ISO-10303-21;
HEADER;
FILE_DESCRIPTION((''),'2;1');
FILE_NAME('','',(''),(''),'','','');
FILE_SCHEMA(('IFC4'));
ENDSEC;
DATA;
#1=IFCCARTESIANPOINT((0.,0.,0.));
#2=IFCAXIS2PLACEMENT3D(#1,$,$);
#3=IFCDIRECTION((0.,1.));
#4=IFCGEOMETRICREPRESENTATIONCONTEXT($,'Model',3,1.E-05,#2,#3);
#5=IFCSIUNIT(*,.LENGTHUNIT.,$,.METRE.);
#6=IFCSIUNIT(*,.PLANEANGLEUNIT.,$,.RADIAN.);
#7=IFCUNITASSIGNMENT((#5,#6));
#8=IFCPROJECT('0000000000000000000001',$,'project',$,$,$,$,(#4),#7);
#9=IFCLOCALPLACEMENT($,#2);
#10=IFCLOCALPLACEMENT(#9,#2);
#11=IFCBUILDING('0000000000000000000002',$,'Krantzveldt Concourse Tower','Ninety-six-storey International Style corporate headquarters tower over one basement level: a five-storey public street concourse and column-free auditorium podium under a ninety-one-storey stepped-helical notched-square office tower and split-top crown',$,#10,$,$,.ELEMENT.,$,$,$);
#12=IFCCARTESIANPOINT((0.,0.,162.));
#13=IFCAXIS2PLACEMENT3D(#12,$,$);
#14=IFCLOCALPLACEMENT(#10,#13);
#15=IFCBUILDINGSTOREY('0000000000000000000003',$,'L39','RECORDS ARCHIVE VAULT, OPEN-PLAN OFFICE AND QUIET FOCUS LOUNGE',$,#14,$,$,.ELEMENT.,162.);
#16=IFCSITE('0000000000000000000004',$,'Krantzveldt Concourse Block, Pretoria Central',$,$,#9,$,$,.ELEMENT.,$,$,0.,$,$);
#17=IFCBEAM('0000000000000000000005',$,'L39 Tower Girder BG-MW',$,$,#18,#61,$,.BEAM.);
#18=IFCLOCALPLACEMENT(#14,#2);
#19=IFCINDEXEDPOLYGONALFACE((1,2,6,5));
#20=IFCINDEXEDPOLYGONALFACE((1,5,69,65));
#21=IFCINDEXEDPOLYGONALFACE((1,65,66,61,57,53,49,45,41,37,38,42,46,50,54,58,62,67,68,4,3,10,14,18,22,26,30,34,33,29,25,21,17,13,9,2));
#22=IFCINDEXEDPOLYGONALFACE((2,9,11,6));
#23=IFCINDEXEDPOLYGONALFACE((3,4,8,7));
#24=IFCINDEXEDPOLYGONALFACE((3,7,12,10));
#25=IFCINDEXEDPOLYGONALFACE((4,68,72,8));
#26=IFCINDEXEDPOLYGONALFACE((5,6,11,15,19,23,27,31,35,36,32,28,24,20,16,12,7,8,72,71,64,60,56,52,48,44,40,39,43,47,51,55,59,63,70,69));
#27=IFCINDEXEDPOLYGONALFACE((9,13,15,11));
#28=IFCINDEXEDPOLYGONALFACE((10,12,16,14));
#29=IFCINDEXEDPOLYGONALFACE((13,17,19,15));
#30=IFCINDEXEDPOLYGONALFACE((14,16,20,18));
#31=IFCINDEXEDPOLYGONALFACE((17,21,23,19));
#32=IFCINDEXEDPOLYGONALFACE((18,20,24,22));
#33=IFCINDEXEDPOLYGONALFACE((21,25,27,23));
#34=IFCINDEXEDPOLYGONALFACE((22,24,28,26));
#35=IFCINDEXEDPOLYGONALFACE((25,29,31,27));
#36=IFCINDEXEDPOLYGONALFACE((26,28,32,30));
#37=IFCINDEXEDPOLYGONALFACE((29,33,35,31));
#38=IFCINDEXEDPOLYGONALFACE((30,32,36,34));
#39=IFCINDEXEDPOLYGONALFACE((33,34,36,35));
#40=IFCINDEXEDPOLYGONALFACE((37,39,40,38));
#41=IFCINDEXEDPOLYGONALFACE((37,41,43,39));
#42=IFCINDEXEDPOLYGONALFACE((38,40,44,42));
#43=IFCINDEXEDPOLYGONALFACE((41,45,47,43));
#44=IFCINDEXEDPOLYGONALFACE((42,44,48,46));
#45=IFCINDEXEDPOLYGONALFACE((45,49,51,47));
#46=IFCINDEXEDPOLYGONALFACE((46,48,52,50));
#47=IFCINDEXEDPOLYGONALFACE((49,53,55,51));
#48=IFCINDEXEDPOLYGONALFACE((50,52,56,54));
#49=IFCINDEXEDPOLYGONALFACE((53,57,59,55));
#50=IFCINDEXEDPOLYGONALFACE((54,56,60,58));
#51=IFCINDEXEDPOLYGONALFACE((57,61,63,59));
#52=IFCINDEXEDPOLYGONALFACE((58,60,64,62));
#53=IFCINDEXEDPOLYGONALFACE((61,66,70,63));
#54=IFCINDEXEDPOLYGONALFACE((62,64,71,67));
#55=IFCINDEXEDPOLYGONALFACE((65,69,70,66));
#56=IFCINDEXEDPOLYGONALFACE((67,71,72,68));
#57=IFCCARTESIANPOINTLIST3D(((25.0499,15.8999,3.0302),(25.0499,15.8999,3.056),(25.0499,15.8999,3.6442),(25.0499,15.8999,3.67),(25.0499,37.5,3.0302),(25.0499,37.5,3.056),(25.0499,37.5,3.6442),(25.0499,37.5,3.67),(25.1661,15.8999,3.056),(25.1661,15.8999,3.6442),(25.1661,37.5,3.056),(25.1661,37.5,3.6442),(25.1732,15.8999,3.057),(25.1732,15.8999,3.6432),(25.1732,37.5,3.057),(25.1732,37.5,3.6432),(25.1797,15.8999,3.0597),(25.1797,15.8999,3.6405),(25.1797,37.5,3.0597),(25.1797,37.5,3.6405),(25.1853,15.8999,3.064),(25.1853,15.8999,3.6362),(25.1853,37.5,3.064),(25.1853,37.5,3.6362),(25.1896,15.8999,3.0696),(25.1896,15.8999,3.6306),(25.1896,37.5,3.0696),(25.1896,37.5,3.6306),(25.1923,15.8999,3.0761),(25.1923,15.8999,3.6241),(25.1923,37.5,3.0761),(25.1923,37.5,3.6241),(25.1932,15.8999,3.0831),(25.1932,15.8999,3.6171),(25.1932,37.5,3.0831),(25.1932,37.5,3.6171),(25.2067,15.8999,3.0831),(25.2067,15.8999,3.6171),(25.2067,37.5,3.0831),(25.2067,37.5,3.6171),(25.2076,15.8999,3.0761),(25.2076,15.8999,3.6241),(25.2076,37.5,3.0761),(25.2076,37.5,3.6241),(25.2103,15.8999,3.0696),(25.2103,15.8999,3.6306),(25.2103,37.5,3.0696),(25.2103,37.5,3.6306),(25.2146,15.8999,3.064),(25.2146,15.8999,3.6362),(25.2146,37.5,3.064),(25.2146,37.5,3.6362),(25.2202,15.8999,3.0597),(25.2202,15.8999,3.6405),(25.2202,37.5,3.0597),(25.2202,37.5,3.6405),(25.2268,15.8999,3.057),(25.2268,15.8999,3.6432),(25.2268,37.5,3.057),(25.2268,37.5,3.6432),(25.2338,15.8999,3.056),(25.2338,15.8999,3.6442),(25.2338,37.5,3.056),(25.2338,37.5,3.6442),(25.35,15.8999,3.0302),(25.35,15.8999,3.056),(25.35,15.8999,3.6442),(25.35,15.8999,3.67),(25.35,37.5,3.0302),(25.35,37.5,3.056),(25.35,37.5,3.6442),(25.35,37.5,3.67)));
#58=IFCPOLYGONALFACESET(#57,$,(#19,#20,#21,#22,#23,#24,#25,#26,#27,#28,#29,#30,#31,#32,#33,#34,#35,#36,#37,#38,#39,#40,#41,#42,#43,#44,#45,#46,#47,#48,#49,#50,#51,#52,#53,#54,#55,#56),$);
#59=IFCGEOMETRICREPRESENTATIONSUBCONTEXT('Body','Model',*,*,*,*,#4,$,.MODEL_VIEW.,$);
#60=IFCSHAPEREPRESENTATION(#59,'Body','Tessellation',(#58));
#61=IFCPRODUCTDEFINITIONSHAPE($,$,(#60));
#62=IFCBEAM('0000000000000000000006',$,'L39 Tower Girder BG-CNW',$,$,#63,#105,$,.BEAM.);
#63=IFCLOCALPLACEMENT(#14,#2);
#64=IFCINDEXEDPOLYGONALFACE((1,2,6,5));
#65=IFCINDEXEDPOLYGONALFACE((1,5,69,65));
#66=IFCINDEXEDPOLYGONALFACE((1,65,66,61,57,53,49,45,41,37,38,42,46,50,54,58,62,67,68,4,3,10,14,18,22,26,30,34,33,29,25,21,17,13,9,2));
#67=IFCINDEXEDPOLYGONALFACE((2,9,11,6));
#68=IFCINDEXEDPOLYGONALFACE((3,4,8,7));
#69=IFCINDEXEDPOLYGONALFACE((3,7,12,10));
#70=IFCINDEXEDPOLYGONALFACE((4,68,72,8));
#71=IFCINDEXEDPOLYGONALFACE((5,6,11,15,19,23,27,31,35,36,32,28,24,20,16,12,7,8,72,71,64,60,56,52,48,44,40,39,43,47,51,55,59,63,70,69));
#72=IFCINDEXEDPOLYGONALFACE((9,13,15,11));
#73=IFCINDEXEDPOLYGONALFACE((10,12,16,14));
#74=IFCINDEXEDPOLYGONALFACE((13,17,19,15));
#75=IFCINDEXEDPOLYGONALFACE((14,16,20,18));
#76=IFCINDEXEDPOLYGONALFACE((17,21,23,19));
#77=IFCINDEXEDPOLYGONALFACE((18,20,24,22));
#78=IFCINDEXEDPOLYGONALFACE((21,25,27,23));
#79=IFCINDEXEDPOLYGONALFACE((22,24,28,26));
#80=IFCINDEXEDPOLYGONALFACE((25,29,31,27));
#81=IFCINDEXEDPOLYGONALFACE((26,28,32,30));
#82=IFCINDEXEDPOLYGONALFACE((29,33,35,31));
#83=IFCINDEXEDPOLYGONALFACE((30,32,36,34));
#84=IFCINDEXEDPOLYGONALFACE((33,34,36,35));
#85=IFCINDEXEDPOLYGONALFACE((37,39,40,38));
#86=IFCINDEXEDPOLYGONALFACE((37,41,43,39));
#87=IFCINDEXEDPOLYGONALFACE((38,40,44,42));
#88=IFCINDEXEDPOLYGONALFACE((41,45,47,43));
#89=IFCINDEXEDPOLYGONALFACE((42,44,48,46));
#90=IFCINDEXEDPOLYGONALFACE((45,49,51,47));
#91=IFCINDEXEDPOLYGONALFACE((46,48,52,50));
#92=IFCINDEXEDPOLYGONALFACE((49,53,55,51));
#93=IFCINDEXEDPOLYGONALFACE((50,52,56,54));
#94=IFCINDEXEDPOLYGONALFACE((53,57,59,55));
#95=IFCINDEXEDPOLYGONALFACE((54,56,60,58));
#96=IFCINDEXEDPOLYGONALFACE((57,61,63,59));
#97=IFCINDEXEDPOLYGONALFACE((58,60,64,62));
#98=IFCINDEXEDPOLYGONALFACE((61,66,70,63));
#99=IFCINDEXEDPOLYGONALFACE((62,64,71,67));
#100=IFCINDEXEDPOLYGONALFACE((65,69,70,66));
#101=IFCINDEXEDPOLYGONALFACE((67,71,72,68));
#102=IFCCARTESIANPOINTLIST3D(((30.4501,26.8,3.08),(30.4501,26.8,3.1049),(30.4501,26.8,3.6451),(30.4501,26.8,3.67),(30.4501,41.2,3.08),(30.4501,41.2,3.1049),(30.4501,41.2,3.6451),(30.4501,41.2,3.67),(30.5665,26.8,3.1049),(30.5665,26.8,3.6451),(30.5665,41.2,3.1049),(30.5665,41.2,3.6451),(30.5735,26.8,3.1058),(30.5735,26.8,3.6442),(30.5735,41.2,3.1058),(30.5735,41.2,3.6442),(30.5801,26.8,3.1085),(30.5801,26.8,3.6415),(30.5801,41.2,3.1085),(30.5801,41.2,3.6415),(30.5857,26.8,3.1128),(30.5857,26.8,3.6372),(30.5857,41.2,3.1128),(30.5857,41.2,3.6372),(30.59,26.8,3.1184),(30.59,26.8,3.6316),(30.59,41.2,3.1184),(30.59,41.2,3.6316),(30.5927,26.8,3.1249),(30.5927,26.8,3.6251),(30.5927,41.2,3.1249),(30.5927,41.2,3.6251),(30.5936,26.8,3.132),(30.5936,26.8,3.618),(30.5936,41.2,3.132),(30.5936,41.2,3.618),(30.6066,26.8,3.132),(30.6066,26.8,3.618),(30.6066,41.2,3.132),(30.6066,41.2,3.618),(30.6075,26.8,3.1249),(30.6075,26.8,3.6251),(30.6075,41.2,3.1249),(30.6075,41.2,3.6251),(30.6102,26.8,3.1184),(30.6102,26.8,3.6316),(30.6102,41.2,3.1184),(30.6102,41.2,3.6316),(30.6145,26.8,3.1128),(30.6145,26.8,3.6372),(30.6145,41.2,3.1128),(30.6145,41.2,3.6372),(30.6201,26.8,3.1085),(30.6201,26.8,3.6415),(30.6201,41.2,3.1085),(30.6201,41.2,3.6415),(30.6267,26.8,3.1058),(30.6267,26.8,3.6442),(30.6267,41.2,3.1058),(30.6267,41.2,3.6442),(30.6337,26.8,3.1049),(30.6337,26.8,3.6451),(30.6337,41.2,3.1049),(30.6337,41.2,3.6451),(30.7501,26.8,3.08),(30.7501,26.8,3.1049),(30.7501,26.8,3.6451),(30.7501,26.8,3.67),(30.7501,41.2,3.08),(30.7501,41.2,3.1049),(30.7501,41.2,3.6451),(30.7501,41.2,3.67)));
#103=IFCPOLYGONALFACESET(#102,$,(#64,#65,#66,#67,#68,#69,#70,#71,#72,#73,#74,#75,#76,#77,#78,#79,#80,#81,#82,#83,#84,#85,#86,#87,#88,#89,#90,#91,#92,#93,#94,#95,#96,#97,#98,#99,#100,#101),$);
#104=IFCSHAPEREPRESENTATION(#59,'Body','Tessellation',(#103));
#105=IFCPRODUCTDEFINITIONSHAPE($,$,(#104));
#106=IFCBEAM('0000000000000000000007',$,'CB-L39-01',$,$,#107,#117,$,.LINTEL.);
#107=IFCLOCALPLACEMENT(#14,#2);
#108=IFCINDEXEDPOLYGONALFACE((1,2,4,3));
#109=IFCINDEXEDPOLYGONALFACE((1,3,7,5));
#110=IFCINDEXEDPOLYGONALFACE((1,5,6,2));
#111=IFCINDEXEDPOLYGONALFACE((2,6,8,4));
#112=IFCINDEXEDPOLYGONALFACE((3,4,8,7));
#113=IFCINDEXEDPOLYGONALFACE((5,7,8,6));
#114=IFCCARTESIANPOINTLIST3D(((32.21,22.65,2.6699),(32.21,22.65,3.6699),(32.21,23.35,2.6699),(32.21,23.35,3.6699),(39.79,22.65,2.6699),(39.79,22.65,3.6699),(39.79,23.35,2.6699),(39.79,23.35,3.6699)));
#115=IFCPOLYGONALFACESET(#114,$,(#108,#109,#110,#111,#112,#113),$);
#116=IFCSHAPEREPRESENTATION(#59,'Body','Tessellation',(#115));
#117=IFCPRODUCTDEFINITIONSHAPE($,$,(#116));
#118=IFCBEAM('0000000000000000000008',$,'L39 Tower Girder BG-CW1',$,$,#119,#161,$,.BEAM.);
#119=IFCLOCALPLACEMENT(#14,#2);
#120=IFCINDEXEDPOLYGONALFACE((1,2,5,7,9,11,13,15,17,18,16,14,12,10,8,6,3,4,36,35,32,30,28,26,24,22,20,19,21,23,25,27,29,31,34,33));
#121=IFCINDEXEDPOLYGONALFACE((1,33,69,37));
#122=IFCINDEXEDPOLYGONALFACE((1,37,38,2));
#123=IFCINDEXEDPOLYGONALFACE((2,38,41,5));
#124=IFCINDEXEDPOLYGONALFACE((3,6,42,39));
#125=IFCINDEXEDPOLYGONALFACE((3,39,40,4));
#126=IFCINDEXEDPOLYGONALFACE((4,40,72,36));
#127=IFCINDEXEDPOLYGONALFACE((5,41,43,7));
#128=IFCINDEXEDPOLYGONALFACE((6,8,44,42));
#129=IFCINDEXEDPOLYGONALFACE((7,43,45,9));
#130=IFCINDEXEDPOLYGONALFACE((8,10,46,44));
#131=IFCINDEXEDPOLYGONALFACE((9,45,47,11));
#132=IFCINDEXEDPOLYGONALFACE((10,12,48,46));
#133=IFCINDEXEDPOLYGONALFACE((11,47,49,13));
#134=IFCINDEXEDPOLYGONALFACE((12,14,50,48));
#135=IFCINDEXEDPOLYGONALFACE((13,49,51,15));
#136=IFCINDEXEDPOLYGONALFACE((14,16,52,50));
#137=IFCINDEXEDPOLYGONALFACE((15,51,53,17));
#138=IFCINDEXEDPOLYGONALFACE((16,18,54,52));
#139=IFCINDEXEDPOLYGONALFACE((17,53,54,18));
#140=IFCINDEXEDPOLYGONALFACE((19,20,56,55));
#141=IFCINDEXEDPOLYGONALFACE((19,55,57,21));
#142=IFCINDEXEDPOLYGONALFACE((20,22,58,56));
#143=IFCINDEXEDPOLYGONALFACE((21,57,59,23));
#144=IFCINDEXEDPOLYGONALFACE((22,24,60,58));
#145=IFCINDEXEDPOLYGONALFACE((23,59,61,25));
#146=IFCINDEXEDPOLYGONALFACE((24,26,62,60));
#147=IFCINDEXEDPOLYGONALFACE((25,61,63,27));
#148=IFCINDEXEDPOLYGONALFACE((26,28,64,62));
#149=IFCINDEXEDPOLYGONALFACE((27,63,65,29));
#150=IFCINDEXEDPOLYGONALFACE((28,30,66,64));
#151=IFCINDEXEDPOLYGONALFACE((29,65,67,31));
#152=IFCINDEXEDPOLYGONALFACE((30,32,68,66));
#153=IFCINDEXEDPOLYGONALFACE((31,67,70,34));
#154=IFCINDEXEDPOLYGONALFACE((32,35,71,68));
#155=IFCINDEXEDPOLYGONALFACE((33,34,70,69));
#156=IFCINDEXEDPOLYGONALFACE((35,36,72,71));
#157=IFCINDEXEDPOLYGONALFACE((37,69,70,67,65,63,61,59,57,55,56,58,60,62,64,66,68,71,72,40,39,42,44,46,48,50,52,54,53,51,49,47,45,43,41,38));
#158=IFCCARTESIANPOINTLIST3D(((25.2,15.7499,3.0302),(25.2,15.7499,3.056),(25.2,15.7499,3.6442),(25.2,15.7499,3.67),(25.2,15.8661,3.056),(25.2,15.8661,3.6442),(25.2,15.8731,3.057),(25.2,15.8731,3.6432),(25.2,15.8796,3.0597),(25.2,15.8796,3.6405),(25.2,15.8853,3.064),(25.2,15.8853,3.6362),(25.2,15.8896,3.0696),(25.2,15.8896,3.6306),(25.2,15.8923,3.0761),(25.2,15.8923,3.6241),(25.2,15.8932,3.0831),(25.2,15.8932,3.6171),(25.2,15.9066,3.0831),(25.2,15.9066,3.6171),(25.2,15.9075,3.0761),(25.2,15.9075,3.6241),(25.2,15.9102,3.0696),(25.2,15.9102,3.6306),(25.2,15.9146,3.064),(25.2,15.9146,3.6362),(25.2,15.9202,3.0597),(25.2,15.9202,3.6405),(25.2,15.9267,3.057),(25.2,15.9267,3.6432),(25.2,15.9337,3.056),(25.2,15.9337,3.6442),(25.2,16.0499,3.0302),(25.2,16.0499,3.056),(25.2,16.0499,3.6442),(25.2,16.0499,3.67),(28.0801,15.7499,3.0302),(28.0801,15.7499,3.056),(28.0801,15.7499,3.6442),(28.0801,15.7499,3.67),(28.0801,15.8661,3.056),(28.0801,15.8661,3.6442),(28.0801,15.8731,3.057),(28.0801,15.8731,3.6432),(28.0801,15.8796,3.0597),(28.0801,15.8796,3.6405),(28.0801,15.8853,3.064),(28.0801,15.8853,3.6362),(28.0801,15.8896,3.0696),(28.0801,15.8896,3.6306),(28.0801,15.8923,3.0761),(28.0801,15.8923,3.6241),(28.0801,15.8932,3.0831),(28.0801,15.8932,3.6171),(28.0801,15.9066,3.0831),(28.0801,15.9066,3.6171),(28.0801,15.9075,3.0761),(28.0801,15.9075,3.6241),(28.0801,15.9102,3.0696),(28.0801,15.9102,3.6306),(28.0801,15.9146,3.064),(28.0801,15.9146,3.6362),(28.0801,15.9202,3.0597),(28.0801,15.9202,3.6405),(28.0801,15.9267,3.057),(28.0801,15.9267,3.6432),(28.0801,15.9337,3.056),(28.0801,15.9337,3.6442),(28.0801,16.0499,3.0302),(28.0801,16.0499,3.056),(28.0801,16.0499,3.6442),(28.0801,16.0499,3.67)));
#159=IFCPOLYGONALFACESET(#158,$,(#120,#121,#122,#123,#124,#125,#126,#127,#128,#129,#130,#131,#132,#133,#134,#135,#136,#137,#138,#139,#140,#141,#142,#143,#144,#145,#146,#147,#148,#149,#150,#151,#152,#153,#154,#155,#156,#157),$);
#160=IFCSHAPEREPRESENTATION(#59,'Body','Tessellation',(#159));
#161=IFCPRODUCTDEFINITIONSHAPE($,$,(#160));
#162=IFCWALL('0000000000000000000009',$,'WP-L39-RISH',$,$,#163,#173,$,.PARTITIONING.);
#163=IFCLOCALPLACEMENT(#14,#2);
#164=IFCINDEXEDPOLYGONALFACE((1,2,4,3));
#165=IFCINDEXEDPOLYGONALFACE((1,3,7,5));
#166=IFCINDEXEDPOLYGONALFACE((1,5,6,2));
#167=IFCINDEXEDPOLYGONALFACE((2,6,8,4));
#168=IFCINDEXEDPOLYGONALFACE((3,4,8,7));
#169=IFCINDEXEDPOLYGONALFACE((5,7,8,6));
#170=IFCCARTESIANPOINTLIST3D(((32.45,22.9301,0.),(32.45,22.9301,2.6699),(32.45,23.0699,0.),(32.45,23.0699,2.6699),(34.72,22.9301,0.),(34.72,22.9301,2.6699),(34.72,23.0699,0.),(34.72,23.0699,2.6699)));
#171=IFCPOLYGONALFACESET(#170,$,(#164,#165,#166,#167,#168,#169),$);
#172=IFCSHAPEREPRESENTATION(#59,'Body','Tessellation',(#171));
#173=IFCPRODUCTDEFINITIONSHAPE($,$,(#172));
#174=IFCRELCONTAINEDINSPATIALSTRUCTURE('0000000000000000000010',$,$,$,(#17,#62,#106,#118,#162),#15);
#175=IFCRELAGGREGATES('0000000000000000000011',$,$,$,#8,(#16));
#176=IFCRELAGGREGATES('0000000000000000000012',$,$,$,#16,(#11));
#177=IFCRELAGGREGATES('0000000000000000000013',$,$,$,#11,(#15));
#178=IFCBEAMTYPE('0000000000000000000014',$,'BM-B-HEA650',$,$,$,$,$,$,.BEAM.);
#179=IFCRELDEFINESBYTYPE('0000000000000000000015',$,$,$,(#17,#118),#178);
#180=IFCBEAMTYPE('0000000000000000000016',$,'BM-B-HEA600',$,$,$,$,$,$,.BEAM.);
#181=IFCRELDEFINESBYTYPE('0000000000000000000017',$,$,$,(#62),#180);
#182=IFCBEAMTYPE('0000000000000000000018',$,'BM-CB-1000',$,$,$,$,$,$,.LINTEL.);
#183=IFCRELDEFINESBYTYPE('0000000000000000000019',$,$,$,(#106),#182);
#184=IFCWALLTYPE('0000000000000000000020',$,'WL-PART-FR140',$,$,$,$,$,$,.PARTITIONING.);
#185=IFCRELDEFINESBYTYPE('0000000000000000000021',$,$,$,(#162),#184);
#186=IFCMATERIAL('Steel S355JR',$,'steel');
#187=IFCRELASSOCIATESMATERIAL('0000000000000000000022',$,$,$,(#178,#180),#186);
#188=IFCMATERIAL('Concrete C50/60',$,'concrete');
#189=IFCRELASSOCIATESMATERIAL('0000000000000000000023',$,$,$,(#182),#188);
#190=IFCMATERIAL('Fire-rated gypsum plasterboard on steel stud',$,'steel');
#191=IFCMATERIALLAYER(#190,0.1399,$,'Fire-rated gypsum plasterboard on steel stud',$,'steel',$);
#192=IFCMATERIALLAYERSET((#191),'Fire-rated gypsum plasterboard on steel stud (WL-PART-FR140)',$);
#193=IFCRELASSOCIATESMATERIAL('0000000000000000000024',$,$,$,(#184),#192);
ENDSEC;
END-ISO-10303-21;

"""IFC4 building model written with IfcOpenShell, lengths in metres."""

from ifc_helpers import new_model, si_unit, direction, frame, frame_2d, origin, origin_2d, place, context, subcontext, project, spatial, rectangle, i_section, extrude, source, transform, mapped, material, layer, layer_set, material_profile, profile_set, type_object, type_shapes, element, save


model = new_model("IFC4")

# Units and contexts
model_context = context("Model", 3, precision=1e-05, world=origin(), true_north=direction((0.0, 1.0)))
body_context = subcontext(model_context, "Body", "Model", "MODEL_VIEW")
ifc_project = project(units=[si_unit("LENGTHUNIT", "METRE"), si_unit("PLANEANGLEUNIT", "RADIAN")], contexts=[model_context])

# Site, building, storey
site_placement = place(None, origin())
site = spatial("IfcSite", under=ifc_project, at=site_placement, Name="Krantzveldt Concourse Block, Pretoria Central", CompositionType="ELEMENT", RefElevation=0.0)
building_placement = place(site_placement, origin())
building = spatial("IfcBuilding", under=site, at=building_placement, Name="Krantzveldt Concourse Tower", Description="Ninety-six-storey International Style corporate headquarters tower over one basement level: a five-storey public street concourse and column-free auditorium podium under a ninety-one-storey stepped-helical notched-square office tower and split-top crown", CompositionType="ELEMENT")
storey_placement = place(building_placement, frame((0.0, 0.0, 162.0)))
storey = spatial("IfcBuildingStorey", under=building, at=storey_placement, Name="L39", Description="RECORDS ARCHIVE VAULT, OPEN-PLAN OFFICE AND QUIET FOCUS LOUNGE", CompositionType="ELEMENT", Elevation=162.0)

# Beams
ifc_material_1 = material(Name="Steel S355JR", Category="steel")
ifc_material_profile_1 = material_profile(ifc_material_1, i_section(OverallWidth=0.3, OverallDepth=0.6399, WebThickness=0.0134, FlangeThickness=0.0259, FilletRadius=0.0271, at=origin_2d()), Name="Steel S355JR", Category="steel")
ifc_profile_set_1 = profile_set([ifc_material_profile_1], Name="Steel S355JR - HEA 650")
beam_type_1 = type_object("IfcBeamType", Name="BM-B-HEA650", PredefinedType="BEAM", material=ifc_profile_set_1)
shared_shape_1 = source(origin(), body_context, "Body", "SweptSolid", [
    extrude(i_section(OverallWidth=0.3, OverallDepth=0.6399, WebThickness=0.0134, FlangeThickness=0.0259, FilletRadius=0.0271, at=origin_2d()), origin(), (0.0, 0.0, 1.0), 21.6001),
])
beam_1_placement = place(storey_placement, frame((25.2, 15.8999, 3.3501), z_axis=(0.0, 1.0, 0.0), x_axis=(-1.0, 0.0, 0.0)))
element("IfcBeam", 1, at=beam_1_placement, inside=storey, type_object=beam_type_1, Name="L39 Tower Girder BG-MW", PredefinedType="BEAM", context=body_context, shape_type="MappedRepresentation", body=[
    mapped(shared_shape_1, transform((0.0, 0.0, 0.0), x_axis=(1.0, 0.0, 0.0), y_axis=(0.0, 1.0, 0.0), z_axis=(0.0, 0.0, 1.0), scale=1.0)),
])
ifc_material_profile_2 = material_profile(ifc_material_1, i_section(OverallWidth=0.3, OverallDepth=0.5901, WebThickness=0.0129, FlangeThickness=0.0249, FilletRadius=0.0271, at=origin_2d()), Name="Steel S355JR", Category="steel")
ifc_profile_set_2 = profile_set([ifc_material_profile_2], Name="Steel S355JR - HEA 600")
beam_type_2 = type_object("IfcBeamType", Name="BM-B-HEA600", PredefinedType="BEAM", material=ifc_profile_set_2)
shared_shape_2 = source(origin(), body_context, "Body", "SweptSolid", [
    extrude(i_section(OverallWidth=0.3, OverallDepth=0.5901, WebThickness=0.0129, FlangeThickness=0.0249, FilletRadius=0.0271, at=origin_2d()), origin(), (0.0, 0.0, 1.0), 14.3999),
])
type_shapes(beam_type_2, [shared_shape_2])
beam_2_placement = place(storey_placement, frame((30.6001, 26.8, 3.375), z_axis=(0.0, 1.0, 0.0), x_axis=(-1.0, 0.0, 0.0)))
element("IfcBeam", 2, at=beam_2_placement, inside=storey, type_object=beam_type_2, Name="L39 Tower Girder BG-CNW", PredefinedType="BEAM", context=body_context, shape_type="MappedRepresentation", body=[
    mapped(shared_shape_2, transform((0.0, 0.0, 0.0), x_axis=(1.0, 0.0, 0.0), y_axis=(0.0, 1.0, 0.0), z_axis=(0.0, 0.0, 1.0), scale=1.0)),
])
ifc_material_2 = material(Name="Concrete C50/60", Category="concrete")
ifc_material_profile_3 = material_profile(ifc_material_2, rectangle(XDim=0.7, YDim=1.0, at=origin_2d()), Name="Concrete C50/60", Category="concrete")
ifc_profile_set_3 = profile_set([ifc_material_profile_3], Name="Concrete C50/60 - RC-CB 700x1000")
beam_type_3 = type_object("IfcBeamType", Name="BM-CB-1000", PredefinedType="LINTEL", material=ifc_profile_set_3)
shared_shape_3 = source(origin(), body_context, "Body", "SweptSolid", [
    extrude(rectangle(XDim=0.7, YDim=1.0, at=origin_2d()), origin(), (0.0, 0.0, 1.0), 7.5801),
])
type_shapes(beam_type_3, [shared_shape_3])
beam_3_placement = place(storey_placement, frame((32.21, 23.0, 3.1699), z_axis=(1.0, 0.0, 0.0), x_axis=(0.0, 1.0, 0.0)))
element("IfcBeam", 3, at=beam_3_placement, inside=storey, type_object=beam_type_3, Name="CB-L39-01", PredefinedType="LINTEL", context=body_context, shape_type="MappedRepresentation", body=[
    mapped(shared_shape_3, transform((0.0, 0.0, 0.0), x_axis=(1.0, 0.0, 0.0), y_axis=(0.0, 1.0, 0.0), z_axis=(0.0, 0.0, 1.0), scale=1.0)),
])
shared_shape_4 = source(origin(), body_context, "Body", "SweptSolid", [
    extrude(i_section(OverallWidth=0.3, OverallDepth=0.6399, WebThickness=0.0134, FlangeThickness=0.0259, FilletRadius=0.0271, at=origin_2d()), origin(), (0.0, 0.0, 1.0), 2.8801),
])
type_shapes(beam_type_1, [shared_shape_1, shared_shape_4])
beam_4_placement = place(storey_placement, frame((25.2, 15.8999, 3.3501), z_axis=(1.0, 0.0, 0.0), x_axis=(0.0, 1.0, 0.0)))
element("IfcBeam", 4, at=beam_4_placement, inside=storey, type_object=beam_type_1, Name="L39 Tower Girder BG-CW1", PredefinedType="BEAM", context=body_context, shape_type="MappedRepresentation", body=[
    mapped(shared_shape_4, transform((0.0, 0.0, 0.0), x_axis=(1.0, 0.0, 0.0), y_axis=(0.0, 1.0, 0.0), z_axis=(0.0, 0.0, 1.0), scale=1.0)),
])

# Wall
ifc_material_3 = material(Name="Fire-rated gypsum plasterboard on steel stud", Category="steel")
ifc_layer_1 = layer(ifc_material_3, 0.1399, Name="Fire-rated gypsum plasterboard on steel stud", Category="steel")
ifc_layer_set_1 = layer_set([ifc_layer_1], Name="Fire-rated gypsum plasterboard on steel stud (WL-PART-FR140)")
wall_type_1 = type_object("IfcWallType", Name="WL-PART-FR140", PredefinedType="PARTITIONING", material=ifc_layer_set_1)
wall_1_placement = place(storey_placement, frame((32.45, 23.0, 0.0), z_axis=(0.0, 0.0, 1.0), x_axis=(1.0, 0.0, 0.0)))
element("IfcWall", 5, at=wall_1_placement, inside=storey, type_object=wall_type_1, Name="WP-L39-RISH", PredefinedType="PARTITIONING", context=body_context, shape_type="SweptSolid", body=[
    extrude(rectangle(XDim=2.27, YDim=0.1399, at=frame_2d((1.135, 0.0))), origin(), (0.0, 0.0, 1.0), 2.6699),
])

save(model, "model.ifc")
